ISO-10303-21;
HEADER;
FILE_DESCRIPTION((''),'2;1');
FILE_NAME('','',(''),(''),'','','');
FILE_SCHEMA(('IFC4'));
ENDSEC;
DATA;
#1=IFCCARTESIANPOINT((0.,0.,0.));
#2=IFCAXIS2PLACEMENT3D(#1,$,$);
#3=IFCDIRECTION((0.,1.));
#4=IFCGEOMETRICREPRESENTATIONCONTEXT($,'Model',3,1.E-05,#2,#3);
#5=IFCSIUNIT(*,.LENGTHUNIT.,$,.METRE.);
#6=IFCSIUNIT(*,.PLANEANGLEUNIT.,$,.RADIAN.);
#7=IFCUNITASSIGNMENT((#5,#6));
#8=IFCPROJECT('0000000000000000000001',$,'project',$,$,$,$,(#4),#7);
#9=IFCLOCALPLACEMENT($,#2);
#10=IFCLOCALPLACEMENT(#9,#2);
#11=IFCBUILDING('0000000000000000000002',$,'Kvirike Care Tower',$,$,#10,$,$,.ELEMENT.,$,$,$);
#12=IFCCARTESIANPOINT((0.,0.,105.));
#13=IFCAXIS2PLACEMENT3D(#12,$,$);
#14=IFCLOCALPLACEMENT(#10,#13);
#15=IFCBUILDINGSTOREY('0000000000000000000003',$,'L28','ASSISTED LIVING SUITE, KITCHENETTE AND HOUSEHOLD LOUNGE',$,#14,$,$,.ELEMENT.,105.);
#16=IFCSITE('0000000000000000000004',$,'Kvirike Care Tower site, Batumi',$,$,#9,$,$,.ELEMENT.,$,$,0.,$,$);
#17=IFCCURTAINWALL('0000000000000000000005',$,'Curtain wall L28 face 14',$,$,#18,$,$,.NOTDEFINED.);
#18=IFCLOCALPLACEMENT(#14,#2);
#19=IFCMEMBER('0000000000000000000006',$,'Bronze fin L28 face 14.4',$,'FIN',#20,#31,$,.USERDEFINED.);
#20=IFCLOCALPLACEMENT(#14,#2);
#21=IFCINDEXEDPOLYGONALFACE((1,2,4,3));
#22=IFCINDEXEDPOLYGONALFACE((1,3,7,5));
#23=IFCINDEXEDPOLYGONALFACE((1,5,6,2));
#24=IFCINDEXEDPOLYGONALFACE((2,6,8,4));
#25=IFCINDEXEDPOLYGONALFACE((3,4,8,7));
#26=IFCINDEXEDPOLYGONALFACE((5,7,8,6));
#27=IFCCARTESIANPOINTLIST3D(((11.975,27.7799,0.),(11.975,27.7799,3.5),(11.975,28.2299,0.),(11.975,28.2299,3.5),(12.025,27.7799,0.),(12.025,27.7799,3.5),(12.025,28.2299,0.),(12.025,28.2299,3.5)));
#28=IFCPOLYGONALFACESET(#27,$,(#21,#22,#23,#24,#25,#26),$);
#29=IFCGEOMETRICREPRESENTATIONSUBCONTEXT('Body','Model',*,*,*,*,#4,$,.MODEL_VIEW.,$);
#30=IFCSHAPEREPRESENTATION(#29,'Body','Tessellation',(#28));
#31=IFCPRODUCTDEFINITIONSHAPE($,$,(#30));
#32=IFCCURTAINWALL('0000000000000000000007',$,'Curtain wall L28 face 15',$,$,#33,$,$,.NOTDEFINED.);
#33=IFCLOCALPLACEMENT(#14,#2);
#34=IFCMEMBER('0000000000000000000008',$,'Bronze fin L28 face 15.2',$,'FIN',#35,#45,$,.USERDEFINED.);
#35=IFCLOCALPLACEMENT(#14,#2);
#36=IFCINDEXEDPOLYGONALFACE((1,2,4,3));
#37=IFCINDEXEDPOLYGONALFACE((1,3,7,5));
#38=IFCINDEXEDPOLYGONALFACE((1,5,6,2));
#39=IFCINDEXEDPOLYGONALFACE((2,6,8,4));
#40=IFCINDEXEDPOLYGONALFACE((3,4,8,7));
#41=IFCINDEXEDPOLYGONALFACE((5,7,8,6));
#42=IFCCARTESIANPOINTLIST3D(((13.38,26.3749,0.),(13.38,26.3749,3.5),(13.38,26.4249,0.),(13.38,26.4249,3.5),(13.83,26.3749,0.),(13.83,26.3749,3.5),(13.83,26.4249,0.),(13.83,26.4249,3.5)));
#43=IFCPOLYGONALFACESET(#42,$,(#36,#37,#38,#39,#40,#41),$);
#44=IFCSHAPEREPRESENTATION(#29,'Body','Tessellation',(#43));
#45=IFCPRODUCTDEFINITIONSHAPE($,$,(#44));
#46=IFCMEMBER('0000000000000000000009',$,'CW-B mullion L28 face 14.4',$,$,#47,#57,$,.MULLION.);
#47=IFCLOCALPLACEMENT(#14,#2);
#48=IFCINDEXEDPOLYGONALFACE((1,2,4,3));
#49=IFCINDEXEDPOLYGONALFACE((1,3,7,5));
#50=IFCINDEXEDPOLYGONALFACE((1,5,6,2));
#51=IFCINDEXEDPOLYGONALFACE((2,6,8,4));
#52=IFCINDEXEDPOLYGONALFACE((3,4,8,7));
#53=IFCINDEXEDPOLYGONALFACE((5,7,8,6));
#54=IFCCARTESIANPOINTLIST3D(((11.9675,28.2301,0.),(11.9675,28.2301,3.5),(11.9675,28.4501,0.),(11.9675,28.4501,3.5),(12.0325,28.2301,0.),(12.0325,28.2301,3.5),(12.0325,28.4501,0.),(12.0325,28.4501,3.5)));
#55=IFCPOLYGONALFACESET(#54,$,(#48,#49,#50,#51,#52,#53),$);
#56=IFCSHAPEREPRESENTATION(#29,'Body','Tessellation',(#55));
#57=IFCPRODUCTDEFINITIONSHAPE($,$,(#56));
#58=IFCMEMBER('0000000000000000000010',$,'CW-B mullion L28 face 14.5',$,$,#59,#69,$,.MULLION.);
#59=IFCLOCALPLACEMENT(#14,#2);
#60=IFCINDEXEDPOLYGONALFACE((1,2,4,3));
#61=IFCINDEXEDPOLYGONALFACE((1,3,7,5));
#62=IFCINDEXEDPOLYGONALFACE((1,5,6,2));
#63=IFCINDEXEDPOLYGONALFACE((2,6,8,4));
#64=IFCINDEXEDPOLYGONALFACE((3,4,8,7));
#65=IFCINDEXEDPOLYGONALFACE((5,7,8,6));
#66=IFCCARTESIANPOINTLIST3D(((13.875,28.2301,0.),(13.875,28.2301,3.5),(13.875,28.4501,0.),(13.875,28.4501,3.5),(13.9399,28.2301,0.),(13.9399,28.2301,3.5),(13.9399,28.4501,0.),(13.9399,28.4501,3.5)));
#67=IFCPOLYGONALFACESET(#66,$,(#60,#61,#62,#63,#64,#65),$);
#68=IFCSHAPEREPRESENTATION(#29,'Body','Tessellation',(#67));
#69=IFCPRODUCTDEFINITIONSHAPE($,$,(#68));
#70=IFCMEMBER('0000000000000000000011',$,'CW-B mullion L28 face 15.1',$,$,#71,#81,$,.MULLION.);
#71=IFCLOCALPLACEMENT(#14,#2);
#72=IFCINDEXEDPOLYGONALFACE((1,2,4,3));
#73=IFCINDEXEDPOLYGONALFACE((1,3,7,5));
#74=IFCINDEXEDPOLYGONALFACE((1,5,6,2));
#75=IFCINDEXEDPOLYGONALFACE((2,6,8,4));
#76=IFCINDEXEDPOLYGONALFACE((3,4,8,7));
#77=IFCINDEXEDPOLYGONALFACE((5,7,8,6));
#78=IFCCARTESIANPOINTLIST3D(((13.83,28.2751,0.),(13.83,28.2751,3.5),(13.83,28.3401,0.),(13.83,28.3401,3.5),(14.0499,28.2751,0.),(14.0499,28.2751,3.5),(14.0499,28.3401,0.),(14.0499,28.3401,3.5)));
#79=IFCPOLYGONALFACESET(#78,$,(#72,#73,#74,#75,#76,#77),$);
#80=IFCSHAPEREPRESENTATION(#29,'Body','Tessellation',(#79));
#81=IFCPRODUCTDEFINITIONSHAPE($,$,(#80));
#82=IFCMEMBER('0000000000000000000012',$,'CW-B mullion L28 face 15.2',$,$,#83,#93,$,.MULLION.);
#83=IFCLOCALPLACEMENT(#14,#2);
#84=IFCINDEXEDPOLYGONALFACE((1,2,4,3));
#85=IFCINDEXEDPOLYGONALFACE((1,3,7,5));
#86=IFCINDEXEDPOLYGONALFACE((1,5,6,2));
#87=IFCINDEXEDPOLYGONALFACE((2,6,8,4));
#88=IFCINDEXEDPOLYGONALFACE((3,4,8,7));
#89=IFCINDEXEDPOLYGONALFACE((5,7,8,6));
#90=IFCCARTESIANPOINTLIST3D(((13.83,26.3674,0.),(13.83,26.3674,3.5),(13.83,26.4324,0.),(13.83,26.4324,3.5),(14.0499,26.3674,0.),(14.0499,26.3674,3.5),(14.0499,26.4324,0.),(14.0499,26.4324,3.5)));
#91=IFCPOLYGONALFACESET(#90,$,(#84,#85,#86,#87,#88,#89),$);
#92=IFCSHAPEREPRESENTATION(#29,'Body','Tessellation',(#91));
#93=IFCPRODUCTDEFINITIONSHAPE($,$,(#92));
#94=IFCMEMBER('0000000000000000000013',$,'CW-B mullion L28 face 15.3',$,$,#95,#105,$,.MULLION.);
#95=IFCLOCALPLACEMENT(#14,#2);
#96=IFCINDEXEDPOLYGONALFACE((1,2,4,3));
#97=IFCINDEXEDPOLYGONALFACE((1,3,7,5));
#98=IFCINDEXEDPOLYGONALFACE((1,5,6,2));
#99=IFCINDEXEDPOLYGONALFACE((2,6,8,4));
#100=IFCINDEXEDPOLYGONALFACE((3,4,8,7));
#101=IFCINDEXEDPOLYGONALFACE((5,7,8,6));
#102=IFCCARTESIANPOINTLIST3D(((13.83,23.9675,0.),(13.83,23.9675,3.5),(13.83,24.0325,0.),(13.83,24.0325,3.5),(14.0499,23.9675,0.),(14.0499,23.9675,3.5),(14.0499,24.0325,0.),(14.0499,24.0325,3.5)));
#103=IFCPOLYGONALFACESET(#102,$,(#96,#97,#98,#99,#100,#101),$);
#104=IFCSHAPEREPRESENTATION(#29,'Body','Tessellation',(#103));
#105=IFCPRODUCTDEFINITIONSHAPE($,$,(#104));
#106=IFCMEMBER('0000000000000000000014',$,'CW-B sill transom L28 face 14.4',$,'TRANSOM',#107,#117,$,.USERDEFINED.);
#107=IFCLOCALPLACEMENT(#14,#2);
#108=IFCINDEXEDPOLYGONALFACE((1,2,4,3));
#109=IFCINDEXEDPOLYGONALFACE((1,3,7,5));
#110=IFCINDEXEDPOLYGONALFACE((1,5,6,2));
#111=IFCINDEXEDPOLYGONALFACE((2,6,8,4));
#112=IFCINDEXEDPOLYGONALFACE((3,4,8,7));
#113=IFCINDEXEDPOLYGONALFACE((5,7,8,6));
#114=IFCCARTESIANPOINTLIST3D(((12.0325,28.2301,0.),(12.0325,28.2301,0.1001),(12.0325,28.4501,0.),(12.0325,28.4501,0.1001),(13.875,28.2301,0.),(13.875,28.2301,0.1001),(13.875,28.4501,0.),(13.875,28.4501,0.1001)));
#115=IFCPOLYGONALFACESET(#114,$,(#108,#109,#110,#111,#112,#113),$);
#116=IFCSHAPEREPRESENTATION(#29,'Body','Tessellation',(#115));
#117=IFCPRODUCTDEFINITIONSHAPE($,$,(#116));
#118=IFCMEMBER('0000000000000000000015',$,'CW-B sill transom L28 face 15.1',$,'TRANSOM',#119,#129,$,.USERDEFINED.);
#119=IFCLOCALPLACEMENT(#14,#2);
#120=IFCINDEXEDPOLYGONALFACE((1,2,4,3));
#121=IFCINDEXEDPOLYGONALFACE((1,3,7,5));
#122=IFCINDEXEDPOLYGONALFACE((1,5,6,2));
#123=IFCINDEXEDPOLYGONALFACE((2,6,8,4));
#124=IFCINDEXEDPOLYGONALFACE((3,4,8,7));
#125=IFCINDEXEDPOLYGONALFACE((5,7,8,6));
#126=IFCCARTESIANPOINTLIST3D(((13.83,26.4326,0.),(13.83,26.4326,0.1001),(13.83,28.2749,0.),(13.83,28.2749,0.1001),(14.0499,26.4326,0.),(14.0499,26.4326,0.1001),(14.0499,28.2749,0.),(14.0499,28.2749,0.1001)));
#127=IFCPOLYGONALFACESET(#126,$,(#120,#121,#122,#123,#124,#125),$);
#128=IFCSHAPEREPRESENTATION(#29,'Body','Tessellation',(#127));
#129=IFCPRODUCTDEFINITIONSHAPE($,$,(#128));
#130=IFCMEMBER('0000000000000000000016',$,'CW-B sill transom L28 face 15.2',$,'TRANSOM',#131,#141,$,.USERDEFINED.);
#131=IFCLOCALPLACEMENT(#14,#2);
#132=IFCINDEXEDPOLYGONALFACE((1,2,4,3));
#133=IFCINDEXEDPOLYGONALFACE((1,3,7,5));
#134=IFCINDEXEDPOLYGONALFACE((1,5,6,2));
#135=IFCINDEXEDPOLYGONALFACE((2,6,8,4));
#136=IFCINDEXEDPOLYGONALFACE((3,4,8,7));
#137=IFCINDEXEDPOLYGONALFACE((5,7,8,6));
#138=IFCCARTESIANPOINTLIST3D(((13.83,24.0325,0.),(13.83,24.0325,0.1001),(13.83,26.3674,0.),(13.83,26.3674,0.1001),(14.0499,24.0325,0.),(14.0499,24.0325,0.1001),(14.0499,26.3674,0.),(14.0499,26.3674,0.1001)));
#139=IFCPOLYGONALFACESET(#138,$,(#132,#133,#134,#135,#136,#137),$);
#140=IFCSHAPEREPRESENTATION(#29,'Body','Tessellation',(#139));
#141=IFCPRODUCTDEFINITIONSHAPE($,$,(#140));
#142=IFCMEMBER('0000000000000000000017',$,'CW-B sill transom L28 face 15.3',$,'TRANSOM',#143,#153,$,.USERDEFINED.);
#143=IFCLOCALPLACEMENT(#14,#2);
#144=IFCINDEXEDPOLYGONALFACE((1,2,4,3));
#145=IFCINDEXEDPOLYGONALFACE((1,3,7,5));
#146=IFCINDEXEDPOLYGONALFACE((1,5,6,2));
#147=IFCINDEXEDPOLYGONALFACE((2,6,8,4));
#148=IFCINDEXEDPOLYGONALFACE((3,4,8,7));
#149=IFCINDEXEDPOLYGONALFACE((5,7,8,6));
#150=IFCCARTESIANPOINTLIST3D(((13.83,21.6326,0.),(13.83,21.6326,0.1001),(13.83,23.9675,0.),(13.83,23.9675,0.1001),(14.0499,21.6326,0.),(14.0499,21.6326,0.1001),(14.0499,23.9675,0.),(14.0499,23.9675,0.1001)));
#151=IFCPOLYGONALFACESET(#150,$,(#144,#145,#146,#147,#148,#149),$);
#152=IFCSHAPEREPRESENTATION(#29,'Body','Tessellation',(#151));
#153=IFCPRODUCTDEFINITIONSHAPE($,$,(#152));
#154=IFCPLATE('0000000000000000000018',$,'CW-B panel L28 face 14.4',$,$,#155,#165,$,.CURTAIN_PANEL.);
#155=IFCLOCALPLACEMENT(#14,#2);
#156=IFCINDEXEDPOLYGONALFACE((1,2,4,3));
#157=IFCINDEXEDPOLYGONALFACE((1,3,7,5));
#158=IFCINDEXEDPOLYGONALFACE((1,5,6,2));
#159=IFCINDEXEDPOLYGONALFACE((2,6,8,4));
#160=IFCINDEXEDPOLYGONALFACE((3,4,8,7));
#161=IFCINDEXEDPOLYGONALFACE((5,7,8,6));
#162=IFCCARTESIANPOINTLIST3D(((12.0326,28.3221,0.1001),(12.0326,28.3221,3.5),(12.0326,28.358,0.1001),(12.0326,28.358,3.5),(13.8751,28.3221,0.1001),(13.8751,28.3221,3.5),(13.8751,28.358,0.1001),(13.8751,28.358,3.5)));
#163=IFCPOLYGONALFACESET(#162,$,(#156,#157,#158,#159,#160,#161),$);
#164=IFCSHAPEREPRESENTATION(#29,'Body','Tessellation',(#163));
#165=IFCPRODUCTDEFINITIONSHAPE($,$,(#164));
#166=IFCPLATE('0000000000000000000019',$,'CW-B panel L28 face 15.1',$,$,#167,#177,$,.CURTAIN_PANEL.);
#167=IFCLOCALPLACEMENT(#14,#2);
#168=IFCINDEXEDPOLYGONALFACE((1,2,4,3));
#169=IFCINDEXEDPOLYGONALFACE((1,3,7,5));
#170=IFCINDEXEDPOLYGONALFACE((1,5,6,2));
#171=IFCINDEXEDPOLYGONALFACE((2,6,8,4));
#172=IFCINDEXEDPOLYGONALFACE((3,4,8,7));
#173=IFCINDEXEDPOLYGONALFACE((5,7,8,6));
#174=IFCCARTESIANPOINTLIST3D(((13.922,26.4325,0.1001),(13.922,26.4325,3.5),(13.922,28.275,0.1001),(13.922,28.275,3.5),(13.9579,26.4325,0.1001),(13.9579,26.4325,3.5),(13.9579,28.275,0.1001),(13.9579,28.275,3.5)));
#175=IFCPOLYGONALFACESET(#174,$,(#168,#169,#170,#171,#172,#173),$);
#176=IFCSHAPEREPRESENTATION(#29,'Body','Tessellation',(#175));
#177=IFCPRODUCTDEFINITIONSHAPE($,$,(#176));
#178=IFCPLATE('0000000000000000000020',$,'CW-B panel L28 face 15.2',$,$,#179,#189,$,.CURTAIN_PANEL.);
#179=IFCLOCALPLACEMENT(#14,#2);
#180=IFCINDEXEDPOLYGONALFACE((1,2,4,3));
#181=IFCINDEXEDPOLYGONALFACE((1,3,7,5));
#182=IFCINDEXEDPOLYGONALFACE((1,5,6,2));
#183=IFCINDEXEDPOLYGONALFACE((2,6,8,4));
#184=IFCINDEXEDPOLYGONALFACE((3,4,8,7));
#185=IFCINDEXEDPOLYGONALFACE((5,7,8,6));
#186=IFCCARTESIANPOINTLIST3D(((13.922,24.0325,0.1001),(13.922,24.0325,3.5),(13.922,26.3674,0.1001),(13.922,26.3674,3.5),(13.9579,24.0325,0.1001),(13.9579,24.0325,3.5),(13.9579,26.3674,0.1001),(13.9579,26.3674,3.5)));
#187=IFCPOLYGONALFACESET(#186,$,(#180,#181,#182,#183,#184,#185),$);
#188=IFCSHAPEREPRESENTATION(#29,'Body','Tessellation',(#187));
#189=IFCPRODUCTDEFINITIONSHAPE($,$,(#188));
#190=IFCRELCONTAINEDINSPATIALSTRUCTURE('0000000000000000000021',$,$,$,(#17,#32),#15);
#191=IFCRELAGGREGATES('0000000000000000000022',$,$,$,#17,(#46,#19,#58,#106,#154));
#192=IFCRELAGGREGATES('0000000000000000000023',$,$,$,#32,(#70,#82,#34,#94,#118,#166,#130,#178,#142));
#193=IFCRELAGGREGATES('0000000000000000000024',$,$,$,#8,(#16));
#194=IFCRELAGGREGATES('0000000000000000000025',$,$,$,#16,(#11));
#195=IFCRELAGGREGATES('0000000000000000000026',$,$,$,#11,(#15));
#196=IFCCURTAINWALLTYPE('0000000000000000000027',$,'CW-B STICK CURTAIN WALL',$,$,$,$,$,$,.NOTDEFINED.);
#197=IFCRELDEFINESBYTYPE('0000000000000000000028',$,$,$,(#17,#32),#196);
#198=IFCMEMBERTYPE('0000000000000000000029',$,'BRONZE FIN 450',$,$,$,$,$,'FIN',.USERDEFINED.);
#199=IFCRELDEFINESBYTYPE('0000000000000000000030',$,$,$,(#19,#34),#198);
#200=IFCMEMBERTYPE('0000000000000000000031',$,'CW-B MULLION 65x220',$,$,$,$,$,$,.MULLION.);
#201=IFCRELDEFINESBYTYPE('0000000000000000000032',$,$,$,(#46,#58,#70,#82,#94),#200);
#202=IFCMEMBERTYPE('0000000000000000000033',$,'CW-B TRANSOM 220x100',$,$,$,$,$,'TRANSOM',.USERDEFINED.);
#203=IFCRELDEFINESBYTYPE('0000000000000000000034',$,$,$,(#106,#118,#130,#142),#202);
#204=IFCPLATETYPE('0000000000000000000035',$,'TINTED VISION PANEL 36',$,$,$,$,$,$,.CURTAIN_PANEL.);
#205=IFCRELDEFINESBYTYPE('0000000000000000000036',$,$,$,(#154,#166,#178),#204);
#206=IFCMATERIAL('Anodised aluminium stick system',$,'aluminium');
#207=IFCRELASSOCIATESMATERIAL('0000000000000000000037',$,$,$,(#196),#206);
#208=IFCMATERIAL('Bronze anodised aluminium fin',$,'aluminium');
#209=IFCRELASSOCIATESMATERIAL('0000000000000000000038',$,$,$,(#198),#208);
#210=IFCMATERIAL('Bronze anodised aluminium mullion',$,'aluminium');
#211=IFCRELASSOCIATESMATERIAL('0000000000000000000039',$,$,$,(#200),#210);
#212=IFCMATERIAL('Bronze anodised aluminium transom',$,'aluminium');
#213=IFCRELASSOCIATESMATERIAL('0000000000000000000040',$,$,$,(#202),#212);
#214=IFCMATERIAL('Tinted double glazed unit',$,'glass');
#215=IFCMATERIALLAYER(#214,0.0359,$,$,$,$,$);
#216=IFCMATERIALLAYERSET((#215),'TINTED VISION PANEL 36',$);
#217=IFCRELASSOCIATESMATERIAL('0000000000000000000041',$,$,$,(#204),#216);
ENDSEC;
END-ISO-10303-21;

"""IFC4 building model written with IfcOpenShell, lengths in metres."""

from ifc_helpers import new_model, si_unit, direction, frame, origin, origin_2d, place, context, subcontext, project, spatial, rectangle, extrude, material, layer, layer_set, material_profile, profile_set, type_object, element, aggregate, save


model = new_model("IFC4")

# Units and contexts
model_context = context("Model", 3, precision=1e-05, world=origin(), true_north=direction((0.0, 1.0)))
body_context = subcontext(model_context, "Body", "Model", "MODEL_VIEW")
ifc_project = project(units=[si_unit("LENGTHUNIT", "METRE"), si_unit("PLANEANGLEUNIT", "RADIAN")], contexts=[model_context])

# Site, building, storey
site_placement = place(None, origin())
site = spatial("IfcSite", under=ifc_project, at=site_placement, Name="Kvirike Care Tower site, Batumi", CompositionType="ELEMENT", RefElevation=0.0)
building_placement = place(site_placement, origin())
building = spatial("IfcBuilding", under=site, at=building_placement, Name="Kvirike Care Tower", CompositionType="ELEMENT")
storey_placement = place(building_placement, frame((0.0, 0.0, 105.0)))
storey = spatial("IfcBuildingStorey", under=building, at=storey_placement, Name="L28", Description="ASSISTED LIVING SUITE, KITCHENETTE AND HOUSEHOLD LOUNGE", CompositionType="ELEMENT", Elevation=105.0)

# Curtain walls, members
ifc_material_1 = material(Name="Anodised aluminium stick system", Category="aluminium")
curtain_wall_type = type_object("IfcCurtainWallType", Name="CW-B STICK CURTAIN WALL", PredefinedType="NOTDEFINED", material=ifc_material_1)
curtain_wall_1_placement = place(storey_placement, origin())
curtain_wall_1 = element("IfcCurtainWall", 1, at=curtain_wall_1_placement, inside=storey, type_object=curtain_wall_type, Name="Curtain wall L28 face 14", PredefinedType="NOTDEFINED")
ifc_material_2 = material(Name="Bronze anodised aluminium fin", Category="aluminium")
ifc_material_profile_1 = material_profile(ifc_material_2, rectangle(XDim=0.05, YDim=0.45, at=origin_2d()), Name="BRONZE FIN 450")
ifc_profile_set_1 = profile_set([ifc_material_profile_1], Name="Bronze anodised aluminium fin")
member_type_1 = type_object("IfcMemberType", Name="BRONZE FIN 450", ElementType="FIN", PredefinedType="USERDEFINED", material=ifc_profile_set_1)
member_1_placement = place(storey_placement, frame((12.0, 28.0049, 0.0), z_axis=(0.0, 0.0, 1.0), x_axis=(1.0, 0.0, 0.0)))
member_1 = element("IfcMember", 2, at=member_1_placement, type_object=member_type_1, Name="Bronze fin L28 face 14.4", ObjectType="FIN", PredefinedType="USERDEFINED", context=body_context, shape_type="SweptSolid", body=[
    extrude(rectangle(XDim=0.05, YDim=0.45, at=origin_2d()), origin(), (0.0, 0.0, 1.0), 3.5),
])
curtain_wall_2_placement = place(storey_placement, origin())
curtain_wall_2 = element("IfcCurtainWall", 3, at=curtain_wall_2_placement, inside=storey, type_object=curtain_wall_type, Name="Curtain wall L28 face 15", PredefinedType="NOTDEFINED")
member_2_placement = place(storey_placement, frame((13.605, 26.3999, 0.0), z_axis=(0.0, 0.0, 1.0), x_axis=(0.0, -1.0, 0.0)))
member_2 = element("IfcMember", 4, at=member_2_placement, type_object=member_type_1, Name="Bronze fin L28 face 15.2", ObjectType="FIN", PredefinedType="USERDEFINED", context=body_context, shape_type="SweptSolid", body=[
    extrude(rectangle(XDim=0.05, YDim=0.45, at=origin_2d()), origin(), (0.0, 0.0, 1.0), 3.5),
])

# Members
ifc_material_3 = material(Name="Bronze anodised aluminium mullion", Category="aluminium")
ifc_material_profile_2 = material_profile(ifc_material_3, rectangle(XDim=0.0649, YDim=0.22, at=origin_2d()), Name="CW-B MULLION 65x220")
ifc_profile_set_2 = profile_set([ifc_material_profile_2], Name="Bronze anodised aluminium mullion")
member_type_2 = type_object("IfcMemberType", Name="CW-B MULLION 65x220", PredefinedType="MULLION", material=ifc_profile_set_2)
member_3_placement = place(storey_placement, frame((12.0, 28.3401, 0.0), z_axis=(0.0, 0.0, 1.0), x_axis=(1.0, 0.0, 0.0)))
member_3 = element("IfcMember", 5, at=member_3_placement, type_object=member_type_2, Name="CW-B mullion L28 face 14.4", PredefinedType="MULLION", context=body_context, shape_type="SweptSolid", body=[
    extrude(rectangle(XDim=0.0649, YDim=0.22, at=origin_2d()), origin(), (0.0, 0.0, 1.0), 3.5),
])
member_4_placement = place(storey_placement, frame((13.9075, 28.3401, 0.0), z_axis=(0.0, 0.0, 1.0), x_axis=(1.0, 0.0, 0.0)))
member_4 = element("IfcMember", 6, at=member_4_placement, type_object=member_type_2, Name="CW-B mullion L28 face 14.5", PredefinedType="MULLION", context=body_context, shape_type="SweptSolid", body=[
    extrude(rectangle(XDim=0.0649, YDim=0.22, at=origin_2d()), origin(), (0.0, 0.0, 1.0), 3.5),
])
member_5_placement = place(storey_placement, frame((13.9399, 28.3076, 0.0), z_axis=(0.0, 0.0, 1.0), x_axis=(0.0, -1.0, 0.0)))
member_5 = element("IfcMember", 7, at=member_5_placement, type_object=member_type_2, Name="CW-B mullion L28 face 15.1", PredefinedType="MULLION", context=body_context, shape_type="SweptSolid", body=[
    extrude(rectangle(XDim=0.0649, YDim=0.22, at=origin_2d()), origin(), (0.0, 0.0, 1.0), 3.5),
])
member_6_placement = place(storey_placement, frame((13.9399, 26.3999, 0.0), z_axis=(0.0, 0.0, 1.0), x_axis=(0.0, -1.0, 0.0)))
member_6 = element("IfcMember", 8, at=member_6_placement, type_object=member_type_2, Name="CW-B mullion L28 face 15.2", PredefinedType="MULLION", context=body_context, shape_type="SweptSolid", body=[
    extrude(rectangle(XDim=0.0649, YDim=0.22, at=origin_2d()), origin(), (0.0, 0.0, 1.0), 3.5),
])
member_7_placement = place(storey_placement, frame((13.9399, 24.0, 0.0), z_axis=(0.0, 0.0, 1.0), x_axis=(0.0, -1.0, 0.0)))
member_7 = element("IfcMember", 9, at=member_7_placement, type_object=member_type_2, Name="CW-B mullion L28 face 15.3", PredefinedType="MULLION", context=body_context, shape_type="SweptSolid", body=[
    extrude(rectangle(XDim=0.0649, YDim=0.22, at=origin_2d()), origin(), (0.0, 0.0, 1.0), 3.5),
])
ifc_material_4 = material(Name="Bronze anodised aluminium transom", Category="aluminium")
ifc_material_profile_3 = material_profile(ifc_material_4, rectangle(XDim=0.22, YDim=0.1001, at=origin_2d()), Name="CW-B TRANSOM 220x100")
ifc_profile_set_3 = profile_set([ifc_material_profile_3], Name="Bronze anodised aluminium transom")
member_type_3 = type_object("IfcMemberType", Name="CW-B TRANSOM 220x100", ElementType="TRANSOM", PredefinedType="USERDEFINED", material=ifc_profile_set_3)
member_8_placement = place(storey_placement, frame((12.0325, 28.3401, 0.05), z_axis=(1.0, 0.0, 0.0), x_axis=(0.0, 1.0, 0.0)))
member_8 = element("IfcMember", 10, at=member_8_placement, type_object=member_type_3, Name="CW-B sill transom L28 face 14.4", ObjectType="TRANSOM", PredefinedType="USERDEFINED", context=body_context, shape_type="SweptSolid", body=[
    extrude(rectangle(XDim=0.22, YDim=0.1001, at=origin_2d()), origin(), (0.0, 0.0, 1.0), 1.8425),
])
member_9_placement = place(storey_placement, frame((13.9399, 28.2749, 0.05), z_axis=(0.0, -1.0, 0.0), x_axis=(1.0, 0.0, 0.0)))
member_9 = element("IfcMember", 11, at=member_9_placement, type_object=member_type_3, Name="CW-B sill transom L28 face 15.1", ObjectType="TRANSOM", PredefinedType="USERDEFINED", context=body_context, shape_type="SweptSolid", body=[
    extrude(rectangle(XDim=0.22, YDim=0.1001, at=origin_2d()), origin(), (0.0, 0.0, 1.0), 1.8423),
])
member_10_placement = place(storey_placement, frame((13.9399, 26.3674, 0.05), z_axis=(0.0, -1.0, 0.0), x_axis=(1.0, 0.0, 0.0)))
member_10 = element("IfcMember", 12, at=member_10_placement, type_object=member_type_3, Name="CW-B sill transom L28 face 15.2", ObjectType="TRANSOM", PredefinedType="USERDEFINED", context=body_context, shape_type="SweptSolid", body=[
    extrude(rectangle(XDim=0.22, YDim=0.1001, at=origin_2d()), origin(), (0.0, 0.0, 1.0), 2.335),
])
member_11_placement = place(storey_placement, frame((13.9399, 23.9675, 0.05), z_axis=(0.0, -1.0, 0.0), x_axis=(1.0, 0.0, 0.0)))
member_11 = element("IfcMember", 13, at=member_11_placement, type_object=member_type_3, Name="CW-B sill transom L28 face 15.3", ObjectType="TRANSOM", PredefinedType="USERDEFINED", context=body_context, shape_type="SweptSolid", body=[
    extrude(rectangle(XDim=0.22, YDim=0.1001, at=origin_2d()), origin(), (0.0, 0.0, 1.0), 2.335),
])

# Plates
ifc_material_5 = material(Name="Tinted double glazed unit", Category="glass")
ifc_layer_1 = layer(ifc_material_5, 0.0359)
ifc_layer_set_1 = layer_set([ifc_layer_1], Name="TINTED VISION PANEL 36")
plate_type = type_object("IfcPlateType", Name="TINTED VISION PANEL 36", PredefinedType="CURTAIN_PANEL", material=ifc_layer_set_1)
plate_1_placement = place(storey_placement, frame((12.9539, 28.3401, 0.1001), z_axis=(0.0, 0.0, 1.0), x_axis=(1.0, 0.0, 0.0)))
plate_1 = element("IfcPlate", 14, at=plate_1_placement, type_object=plate_type, Name="CW-B panel L28 face 14.4", PredefinedType="CURTAIN_PANEL", context=body_context, shape_type="SweptSolid", body=[
    extrude(rectangle(XDim=1.8425, YDim=0.0359, at=origin_2d()), origin(), (0.0, 0.0, 1.0), 3.3999),
])
aggregate(curtain_wall_1, [member_3, member_1, member_4, member_8, plate_1])
plate_2_placement = place(storey_placement, frame((13.9399, 27.3538, 0.1001), z_axis=(0.0, 0.0, 1.0), x_axis=(0.0, -1.0, 0.0)))
plate_2 = element("IfcPlate", 15, at=plate_2_placement, type_object=plate_type, Name="CW-B panel L28 face 15.1", PredefinedType="CURTAIN_PANEL", context=body_context, shape_type="SweptSolid", body=[
    extrude(rectangle(XDim=1.8425, YDim=0.0359, at=origin_2d()), origin(), (0.0, 0.0, 1.0), 3.3999),
])
plate_3_placement = place(storey_placement, frame((13.9399, 25.2, 0.1001), z_axis=(0.0, 0.0, 1.0), x_axis=(0.0, -1.0, 0.0)))
plate_3 = element("IfcPlate", 16, at=plate_3_placement, type_object=plate_type, Name="CW-B panel L28 face 15.2", PredefinedType="CURTAIN_PANEL", context=body_context, shape_type="SweptSolid", body=[
    extrude(rectangle(XDim=2.335, YDim=0.0359, at=origin_2d()), origin(), (0.0, 0.0, 1.0), 3.3999),
])
aggregate(curtain_wall_2, [member_5, member_6, member_2, member_7, member_9, plate_2, member_10, plate_3, member_11])

save(model, "model.ifc")
